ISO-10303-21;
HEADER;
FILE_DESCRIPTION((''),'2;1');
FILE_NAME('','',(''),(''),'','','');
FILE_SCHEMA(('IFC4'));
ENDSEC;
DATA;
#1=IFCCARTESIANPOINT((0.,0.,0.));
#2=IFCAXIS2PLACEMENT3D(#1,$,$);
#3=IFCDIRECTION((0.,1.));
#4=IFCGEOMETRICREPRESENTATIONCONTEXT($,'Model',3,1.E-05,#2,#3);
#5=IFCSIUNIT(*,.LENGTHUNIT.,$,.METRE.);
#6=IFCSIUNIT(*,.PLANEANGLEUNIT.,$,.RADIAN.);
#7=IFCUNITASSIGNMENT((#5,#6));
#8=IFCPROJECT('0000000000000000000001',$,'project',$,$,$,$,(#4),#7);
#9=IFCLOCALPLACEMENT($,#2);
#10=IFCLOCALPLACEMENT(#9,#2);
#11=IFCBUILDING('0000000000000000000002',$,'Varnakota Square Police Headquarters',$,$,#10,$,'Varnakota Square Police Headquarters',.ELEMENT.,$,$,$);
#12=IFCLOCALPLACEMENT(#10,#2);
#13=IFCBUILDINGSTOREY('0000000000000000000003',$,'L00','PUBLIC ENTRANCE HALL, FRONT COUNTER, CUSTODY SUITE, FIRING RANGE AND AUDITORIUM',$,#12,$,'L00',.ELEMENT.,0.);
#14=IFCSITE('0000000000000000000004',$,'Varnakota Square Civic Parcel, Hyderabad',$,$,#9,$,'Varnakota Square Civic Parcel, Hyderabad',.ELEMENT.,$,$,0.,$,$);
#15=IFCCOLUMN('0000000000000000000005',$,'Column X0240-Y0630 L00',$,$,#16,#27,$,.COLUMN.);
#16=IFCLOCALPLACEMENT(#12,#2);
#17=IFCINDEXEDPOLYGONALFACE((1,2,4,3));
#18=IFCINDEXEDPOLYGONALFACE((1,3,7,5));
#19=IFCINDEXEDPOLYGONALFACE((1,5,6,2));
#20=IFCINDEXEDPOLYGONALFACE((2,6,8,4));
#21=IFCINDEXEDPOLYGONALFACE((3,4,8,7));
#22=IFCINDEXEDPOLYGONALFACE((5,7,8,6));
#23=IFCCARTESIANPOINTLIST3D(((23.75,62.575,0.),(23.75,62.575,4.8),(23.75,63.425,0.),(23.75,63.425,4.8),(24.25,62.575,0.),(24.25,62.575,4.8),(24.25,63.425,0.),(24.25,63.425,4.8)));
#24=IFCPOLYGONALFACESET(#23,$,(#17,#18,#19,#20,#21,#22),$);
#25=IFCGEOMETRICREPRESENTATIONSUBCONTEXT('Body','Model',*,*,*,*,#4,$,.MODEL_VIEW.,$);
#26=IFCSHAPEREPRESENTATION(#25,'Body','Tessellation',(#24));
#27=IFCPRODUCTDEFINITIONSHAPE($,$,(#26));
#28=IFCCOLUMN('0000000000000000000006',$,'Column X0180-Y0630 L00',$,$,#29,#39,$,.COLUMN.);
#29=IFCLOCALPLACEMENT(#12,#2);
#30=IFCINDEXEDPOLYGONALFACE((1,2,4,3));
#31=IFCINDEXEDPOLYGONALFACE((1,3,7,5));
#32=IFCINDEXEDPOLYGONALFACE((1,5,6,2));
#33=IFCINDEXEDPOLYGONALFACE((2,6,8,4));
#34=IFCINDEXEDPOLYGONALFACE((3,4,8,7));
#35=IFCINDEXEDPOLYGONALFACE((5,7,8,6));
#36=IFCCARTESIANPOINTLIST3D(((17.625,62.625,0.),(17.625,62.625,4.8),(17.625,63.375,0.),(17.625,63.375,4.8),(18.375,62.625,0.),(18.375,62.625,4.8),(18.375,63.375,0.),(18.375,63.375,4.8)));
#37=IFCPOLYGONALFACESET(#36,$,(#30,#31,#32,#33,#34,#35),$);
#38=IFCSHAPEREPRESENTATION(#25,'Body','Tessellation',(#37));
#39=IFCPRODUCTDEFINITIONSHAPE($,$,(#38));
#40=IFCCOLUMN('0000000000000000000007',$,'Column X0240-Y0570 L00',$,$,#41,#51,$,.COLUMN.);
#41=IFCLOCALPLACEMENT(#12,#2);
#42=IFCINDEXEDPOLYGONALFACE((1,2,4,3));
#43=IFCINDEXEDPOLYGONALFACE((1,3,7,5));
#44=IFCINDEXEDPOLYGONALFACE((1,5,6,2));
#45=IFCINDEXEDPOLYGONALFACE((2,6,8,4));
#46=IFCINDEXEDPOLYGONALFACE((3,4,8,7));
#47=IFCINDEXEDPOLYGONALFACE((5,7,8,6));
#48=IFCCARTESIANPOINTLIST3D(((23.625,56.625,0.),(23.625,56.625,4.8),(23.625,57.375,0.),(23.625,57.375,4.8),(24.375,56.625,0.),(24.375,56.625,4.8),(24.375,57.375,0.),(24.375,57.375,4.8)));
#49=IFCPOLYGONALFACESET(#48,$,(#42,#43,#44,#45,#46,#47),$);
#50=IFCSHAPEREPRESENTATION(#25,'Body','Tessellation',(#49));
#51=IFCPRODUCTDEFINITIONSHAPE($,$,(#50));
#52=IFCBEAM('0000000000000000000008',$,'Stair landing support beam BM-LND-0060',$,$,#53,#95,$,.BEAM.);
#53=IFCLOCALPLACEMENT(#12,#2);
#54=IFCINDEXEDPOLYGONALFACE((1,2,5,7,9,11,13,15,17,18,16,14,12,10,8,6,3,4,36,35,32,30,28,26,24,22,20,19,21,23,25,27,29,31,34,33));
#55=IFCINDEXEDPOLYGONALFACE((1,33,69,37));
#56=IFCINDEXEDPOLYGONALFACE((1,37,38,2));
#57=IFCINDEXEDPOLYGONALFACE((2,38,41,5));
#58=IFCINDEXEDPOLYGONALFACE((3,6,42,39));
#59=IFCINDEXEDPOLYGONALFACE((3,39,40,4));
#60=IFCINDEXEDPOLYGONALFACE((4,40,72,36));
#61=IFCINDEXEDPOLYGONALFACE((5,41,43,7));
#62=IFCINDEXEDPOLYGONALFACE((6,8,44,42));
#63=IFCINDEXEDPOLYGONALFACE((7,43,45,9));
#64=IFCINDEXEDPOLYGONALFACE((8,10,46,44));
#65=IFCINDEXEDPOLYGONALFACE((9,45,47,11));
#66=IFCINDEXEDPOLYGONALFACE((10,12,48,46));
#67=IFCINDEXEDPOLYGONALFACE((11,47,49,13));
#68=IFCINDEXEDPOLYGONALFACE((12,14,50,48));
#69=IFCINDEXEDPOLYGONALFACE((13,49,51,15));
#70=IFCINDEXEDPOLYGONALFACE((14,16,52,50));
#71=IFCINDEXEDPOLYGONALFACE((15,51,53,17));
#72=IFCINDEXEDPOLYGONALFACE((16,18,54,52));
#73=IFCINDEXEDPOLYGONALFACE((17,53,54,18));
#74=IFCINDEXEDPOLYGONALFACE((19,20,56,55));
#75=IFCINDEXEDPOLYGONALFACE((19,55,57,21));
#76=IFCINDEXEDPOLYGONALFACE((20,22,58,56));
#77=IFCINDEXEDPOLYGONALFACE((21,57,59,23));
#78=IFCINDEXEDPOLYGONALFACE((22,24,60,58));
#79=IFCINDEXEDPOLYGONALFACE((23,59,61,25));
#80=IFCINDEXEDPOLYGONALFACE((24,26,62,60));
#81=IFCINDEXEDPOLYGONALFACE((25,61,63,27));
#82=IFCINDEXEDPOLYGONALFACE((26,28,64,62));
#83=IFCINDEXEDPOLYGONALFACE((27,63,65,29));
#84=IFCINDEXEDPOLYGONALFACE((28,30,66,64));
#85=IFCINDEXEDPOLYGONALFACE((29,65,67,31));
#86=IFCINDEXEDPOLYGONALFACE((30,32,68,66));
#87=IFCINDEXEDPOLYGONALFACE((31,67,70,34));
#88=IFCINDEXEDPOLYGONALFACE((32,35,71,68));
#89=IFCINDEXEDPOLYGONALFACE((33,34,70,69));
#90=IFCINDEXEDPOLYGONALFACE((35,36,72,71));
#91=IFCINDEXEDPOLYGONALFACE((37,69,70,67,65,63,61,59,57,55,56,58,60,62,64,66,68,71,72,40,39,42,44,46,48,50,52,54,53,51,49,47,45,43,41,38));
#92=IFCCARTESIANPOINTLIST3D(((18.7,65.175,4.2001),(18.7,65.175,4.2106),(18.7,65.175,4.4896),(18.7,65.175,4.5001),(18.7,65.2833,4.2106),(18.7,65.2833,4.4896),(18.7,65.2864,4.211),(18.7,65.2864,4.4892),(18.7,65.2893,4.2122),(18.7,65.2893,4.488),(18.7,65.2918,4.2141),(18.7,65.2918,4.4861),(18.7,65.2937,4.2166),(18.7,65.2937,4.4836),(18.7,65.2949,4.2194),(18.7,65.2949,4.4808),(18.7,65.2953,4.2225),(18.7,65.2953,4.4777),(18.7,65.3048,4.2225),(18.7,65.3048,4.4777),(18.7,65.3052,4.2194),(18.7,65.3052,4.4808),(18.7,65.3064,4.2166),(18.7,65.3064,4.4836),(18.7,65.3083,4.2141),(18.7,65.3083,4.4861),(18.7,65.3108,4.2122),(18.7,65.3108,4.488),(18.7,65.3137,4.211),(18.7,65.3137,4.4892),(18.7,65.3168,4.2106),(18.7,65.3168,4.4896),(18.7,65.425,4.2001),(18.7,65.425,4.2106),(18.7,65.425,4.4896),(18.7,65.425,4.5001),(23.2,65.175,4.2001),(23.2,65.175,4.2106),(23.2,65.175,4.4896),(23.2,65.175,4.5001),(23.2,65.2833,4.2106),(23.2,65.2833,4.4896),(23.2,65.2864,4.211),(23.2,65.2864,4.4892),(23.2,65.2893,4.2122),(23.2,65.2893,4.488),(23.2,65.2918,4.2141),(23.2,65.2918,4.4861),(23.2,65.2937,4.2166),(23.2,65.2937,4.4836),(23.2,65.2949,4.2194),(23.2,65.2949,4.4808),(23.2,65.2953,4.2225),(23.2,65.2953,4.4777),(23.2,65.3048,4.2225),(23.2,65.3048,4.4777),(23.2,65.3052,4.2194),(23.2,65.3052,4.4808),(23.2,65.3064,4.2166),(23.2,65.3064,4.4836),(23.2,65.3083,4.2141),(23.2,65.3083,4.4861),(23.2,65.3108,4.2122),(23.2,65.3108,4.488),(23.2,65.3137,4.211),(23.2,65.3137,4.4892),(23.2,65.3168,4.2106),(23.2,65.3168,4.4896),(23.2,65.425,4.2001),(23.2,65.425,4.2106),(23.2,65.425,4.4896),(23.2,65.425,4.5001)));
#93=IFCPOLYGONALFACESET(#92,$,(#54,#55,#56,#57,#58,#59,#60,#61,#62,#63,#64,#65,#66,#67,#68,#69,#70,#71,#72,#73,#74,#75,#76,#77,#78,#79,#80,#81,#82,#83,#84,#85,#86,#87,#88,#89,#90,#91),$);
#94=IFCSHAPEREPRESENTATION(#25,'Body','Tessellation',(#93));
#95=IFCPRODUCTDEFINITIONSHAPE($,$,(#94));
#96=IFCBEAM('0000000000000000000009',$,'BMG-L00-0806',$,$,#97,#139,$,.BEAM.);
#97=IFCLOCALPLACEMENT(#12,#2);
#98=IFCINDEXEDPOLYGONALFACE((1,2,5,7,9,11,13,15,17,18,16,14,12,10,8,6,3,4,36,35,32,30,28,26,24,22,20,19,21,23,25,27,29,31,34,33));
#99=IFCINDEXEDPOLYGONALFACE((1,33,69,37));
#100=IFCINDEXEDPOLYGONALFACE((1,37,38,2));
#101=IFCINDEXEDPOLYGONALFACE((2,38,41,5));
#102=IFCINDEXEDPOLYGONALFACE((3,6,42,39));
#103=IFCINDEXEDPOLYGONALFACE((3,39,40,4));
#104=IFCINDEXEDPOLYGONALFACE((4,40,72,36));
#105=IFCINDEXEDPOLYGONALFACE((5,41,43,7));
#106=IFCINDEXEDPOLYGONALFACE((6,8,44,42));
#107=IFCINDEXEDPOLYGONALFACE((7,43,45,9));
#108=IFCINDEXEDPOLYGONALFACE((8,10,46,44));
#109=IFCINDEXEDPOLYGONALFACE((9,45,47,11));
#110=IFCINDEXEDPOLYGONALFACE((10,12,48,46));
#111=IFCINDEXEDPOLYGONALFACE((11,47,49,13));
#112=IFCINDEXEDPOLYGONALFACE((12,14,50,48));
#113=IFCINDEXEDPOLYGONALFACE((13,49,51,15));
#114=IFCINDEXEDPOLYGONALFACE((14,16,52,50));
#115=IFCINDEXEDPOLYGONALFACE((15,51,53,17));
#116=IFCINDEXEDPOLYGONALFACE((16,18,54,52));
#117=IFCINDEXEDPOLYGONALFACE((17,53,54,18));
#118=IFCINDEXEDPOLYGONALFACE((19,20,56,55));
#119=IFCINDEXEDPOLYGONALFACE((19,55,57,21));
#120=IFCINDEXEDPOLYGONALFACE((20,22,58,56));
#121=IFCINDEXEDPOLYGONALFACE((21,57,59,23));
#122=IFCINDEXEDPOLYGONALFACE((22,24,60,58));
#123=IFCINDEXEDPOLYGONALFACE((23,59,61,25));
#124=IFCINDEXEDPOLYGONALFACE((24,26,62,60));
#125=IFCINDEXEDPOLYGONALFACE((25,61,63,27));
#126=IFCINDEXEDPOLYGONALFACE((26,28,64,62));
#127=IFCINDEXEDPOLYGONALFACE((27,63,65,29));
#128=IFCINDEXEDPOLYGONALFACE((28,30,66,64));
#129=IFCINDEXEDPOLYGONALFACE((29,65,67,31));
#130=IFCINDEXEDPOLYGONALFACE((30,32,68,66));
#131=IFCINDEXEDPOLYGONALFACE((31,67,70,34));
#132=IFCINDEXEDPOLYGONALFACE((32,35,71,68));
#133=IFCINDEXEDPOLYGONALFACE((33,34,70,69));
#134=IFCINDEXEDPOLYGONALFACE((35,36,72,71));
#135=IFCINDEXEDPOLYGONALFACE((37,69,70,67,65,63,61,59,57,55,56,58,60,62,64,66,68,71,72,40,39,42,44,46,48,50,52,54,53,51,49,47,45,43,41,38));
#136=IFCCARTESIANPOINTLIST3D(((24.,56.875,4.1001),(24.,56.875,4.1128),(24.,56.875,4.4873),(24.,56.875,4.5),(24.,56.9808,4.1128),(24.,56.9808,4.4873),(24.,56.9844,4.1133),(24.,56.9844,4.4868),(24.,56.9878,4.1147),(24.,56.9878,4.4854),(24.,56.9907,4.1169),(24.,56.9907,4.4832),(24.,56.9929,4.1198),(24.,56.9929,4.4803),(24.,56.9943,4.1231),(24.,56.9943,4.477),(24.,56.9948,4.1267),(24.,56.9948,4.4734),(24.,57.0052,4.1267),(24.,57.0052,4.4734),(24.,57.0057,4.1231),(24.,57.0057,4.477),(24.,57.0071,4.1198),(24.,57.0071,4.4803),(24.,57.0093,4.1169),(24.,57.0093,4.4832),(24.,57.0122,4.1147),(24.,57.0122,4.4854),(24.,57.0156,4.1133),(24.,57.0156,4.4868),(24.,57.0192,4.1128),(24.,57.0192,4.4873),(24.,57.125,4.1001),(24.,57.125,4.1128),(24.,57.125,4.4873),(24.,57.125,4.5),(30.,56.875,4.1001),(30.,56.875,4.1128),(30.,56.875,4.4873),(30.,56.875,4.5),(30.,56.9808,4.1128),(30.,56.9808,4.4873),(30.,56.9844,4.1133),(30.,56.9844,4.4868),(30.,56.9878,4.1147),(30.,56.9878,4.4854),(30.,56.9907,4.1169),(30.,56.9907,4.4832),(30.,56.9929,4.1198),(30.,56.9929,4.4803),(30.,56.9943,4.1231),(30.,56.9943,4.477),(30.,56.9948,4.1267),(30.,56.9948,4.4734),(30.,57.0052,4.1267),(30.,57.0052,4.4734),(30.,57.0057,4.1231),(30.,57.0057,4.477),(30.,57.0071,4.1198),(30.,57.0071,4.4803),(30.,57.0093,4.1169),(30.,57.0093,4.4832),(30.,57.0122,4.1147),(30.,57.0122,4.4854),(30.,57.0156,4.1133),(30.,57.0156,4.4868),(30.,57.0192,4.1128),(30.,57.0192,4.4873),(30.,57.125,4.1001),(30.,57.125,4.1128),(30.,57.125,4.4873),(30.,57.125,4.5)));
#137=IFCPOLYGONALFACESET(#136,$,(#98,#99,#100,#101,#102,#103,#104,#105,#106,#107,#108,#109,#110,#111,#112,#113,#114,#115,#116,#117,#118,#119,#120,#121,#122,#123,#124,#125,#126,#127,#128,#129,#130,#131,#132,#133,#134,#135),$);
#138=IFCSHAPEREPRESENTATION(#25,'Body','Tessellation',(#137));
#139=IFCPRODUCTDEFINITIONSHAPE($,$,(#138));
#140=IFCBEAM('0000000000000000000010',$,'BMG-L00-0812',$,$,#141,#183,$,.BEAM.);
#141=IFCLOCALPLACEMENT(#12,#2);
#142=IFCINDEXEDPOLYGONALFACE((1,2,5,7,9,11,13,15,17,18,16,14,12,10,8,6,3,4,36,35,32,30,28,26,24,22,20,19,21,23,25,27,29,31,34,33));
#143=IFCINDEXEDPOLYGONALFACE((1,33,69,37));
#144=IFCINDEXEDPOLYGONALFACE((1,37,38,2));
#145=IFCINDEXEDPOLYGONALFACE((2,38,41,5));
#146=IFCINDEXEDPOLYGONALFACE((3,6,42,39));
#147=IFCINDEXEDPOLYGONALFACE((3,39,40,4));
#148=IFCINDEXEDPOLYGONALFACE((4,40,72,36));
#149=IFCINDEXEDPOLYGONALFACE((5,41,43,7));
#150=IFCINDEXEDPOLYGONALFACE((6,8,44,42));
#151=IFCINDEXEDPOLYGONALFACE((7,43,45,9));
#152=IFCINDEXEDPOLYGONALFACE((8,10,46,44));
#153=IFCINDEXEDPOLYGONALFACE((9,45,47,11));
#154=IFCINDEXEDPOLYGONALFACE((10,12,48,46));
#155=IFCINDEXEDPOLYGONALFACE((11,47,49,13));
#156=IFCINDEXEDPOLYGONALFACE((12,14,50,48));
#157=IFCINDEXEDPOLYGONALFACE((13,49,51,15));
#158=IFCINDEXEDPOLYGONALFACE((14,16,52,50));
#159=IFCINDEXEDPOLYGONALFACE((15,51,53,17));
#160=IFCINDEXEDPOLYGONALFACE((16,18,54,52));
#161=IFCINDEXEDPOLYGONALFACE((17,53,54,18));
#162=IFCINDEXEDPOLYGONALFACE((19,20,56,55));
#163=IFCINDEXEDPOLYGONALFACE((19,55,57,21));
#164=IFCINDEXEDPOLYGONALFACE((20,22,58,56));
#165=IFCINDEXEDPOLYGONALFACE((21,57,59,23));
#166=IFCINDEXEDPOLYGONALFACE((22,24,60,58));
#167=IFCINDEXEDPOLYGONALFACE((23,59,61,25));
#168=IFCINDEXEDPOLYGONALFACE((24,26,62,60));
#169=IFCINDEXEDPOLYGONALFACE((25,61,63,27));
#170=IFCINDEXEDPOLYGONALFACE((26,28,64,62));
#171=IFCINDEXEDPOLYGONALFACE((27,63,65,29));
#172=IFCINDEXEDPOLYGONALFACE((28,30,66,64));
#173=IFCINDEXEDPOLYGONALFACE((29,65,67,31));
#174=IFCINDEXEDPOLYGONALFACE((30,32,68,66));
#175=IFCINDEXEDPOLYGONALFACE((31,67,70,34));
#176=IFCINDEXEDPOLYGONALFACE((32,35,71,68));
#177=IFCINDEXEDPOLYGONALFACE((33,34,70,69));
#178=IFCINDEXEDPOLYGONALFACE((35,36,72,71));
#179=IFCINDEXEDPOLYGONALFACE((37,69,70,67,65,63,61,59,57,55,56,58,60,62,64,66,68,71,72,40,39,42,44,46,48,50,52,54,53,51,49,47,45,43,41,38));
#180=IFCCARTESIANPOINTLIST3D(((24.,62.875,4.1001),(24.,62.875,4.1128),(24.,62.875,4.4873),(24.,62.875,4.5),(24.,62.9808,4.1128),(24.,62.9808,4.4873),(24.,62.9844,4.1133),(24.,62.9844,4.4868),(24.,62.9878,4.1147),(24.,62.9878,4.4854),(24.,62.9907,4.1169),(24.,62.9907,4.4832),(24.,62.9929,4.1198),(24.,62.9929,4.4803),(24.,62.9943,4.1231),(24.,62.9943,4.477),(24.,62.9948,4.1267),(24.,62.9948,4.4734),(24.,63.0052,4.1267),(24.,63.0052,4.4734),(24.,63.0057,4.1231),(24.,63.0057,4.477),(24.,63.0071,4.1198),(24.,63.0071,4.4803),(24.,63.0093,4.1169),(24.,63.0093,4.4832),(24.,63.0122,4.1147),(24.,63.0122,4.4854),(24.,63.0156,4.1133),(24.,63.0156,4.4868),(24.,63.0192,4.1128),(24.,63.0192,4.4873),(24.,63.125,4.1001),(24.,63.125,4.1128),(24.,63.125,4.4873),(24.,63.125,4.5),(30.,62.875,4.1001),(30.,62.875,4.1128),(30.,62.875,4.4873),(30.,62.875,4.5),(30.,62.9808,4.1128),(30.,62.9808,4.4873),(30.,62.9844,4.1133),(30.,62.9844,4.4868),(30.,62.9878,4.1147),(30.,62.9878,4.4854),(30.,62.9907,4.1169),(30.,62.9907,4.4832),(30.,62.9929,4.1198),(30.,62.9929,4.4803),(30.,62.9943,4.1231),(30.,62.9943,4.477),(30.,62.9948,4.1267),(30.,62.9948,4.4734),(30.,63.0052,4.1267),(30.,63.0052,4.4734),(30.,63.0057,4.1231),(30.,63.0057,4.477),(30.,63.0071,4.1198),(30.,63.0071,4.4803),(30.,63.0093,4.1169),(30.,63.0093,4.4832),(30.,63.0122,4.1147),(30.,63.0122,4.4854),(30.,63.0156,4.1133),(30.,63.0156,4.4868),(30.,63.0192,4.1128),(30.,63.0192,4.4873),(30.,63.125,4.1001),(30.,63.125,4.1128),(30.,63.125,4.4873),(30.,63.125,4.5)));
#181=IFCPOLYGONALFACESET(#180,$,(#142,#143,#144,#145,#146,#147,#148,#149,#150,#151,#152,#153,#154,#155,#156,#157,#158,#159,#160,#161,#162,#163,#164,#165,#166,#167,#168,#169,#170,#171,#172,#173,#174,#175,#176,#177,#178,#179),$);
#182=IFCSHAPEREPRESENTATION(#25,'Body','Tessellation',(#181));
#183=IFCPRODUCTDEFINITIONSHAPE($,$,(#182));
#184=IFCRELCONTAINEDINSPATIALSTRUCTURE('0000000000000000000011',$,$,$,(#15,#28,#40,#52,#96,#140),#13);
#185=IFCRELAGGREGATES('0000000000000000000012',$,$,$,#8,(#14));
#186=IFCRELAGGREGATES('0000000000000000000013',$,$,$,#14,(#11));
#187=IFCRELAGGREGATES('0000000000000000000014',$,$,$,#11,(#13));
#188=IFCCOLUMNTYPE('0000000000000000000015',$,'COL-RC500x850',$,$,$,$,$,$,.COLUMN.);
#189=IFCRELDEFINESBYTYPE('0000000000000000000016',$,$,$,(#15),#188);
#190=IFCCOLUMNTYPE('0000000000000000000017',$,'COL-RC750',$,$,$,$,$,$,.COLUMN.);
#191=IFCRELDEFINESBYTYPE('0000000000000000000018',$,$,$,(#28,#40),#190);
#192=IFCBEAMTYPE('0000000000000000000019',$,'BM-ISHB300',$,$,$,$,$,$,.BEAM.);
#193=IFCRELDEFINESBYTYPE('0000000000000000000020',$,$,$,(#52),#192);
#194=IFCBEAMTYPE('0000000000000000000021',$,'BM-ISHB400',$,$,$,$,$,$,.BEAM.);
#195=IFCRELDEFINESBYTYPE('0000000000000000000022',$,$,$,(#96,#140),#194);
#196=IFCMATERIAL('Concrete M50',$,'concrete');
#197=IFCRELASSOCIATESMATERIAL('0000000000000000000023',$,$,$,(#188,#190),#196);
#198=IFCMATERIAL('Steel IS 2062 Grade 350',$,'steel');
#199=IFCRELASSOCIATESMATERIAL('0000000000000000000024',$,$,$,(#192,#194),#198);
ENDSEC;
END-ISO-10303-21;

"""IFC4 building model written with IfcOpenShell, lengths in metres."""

from ifc_helpers import new_model, si_unit, direction, frame, origin, origin_2d, place, context, subcontext, project, spatial, rectangle, i_section, extrude, material, material_profile, profile_set, type_object, element, save


model = new_model("IFC4")

# Units and contexts
model_context = context("Model", 3, precision=1e-05, world=origin(), true_north=direction((0.0, 1.0)))
body_context = subcontext(model_context, "Body", "Model", "MODEL_VIEW")
ifc_project = project(units=[si_unit("LENGTHUNIT", "METRE"), si_unit("PLANEANGLEUNIT", "RADIAN")], contexts=[model_context])

# Site, building, storey
site_placement = place(None, origin())
site = spatial("IfcSite", under=ifc_project, at=site_placement, Name="Varnakota Square Civic Parcel, Hyderabad", LongName="Varnakota Square Civic Parcel, Hyderabad", CompositionType="ELEMENT", RefElevation=0.0)
building_placement = place(site_placement, origin())
building = spatial("IfcBuilding", under=site, at=building_placement, Name="Varnakota Square Police Headquarters", LongName="Varnakota Square Police Headquarters", CompositionType="ELEMENT")
storey_placement = place(building_placement, origin())
storey = spatial("IfcBuildingStorey", under=building, at=storey_placement, Name="L00", Description="PUBLIC ENTRANCE HALL, FRONT COUNTER, CUSTODY SUITE, FIRING RANGE AND AUDITORIUM", LongName="L00", CompositionType="ELEMENT", Elevation=0.0)

# Columns
ifc_material_1 = material(Name="Concrete M50", Category="concrete")
ifc_material_profile_1 = material_profile(ifc_material_1, rectangle(XDim=0.5, YDim=0.8501, at=origin_2d()), Name="RC 500x850")
ifc_profile_set_1 = profile_set([ifc_material_profile_1], Name="Concrete M50")
column_type_1 = type_object("IfcColumnType", Name="COL-RC500x850", PredefinedType="COLUMN", material=ifc_profile_set_1)
column_placement = place(storey_placement, frame((24.0, 63.0, 0.0), z_axis=(0.0, 0.0, 1.0), x_axis=(1.0, 0.0, 0.0)))
element("IfcColumn", 1, at=column_placement, inside=storey, type_object=column_type_1, Name="Column X0240-Y0630 L00", PredefinedType="COLUMN", context=body_context, shape_type="SweptSolid", body=[
    extrude(rectangle(XDim=0.5, YDim=0.8501, at=origin_2d()), origin(), (0.0, 0.0, 1.0), 4.8),
])
ifc_material_profile_2 = material_profile(ifc_material_1, rectangle(XDim=0.75, YDim=0.75, at=origin_2d()), Name="RC 750x750")
ifc_profile_set_2 = profile_set([ifc_material_profile_2], Name="Concrete M50")
column_type_2 = type_object("IfcColumnType", Name="COL-RC750", PredefinedType="COLUMN", material=ifc_profile_set_2)
for number, where, z_axis, x_axis, name in (
    (2, (18.0, 63.0, 0.0), (0.0, 0.0, 1.0), (1.0, 0.0, 0.0), "Column X0180-Y0630 L00"),
    (3, (24.0, 57.0, 0.0), (0.0, 0.0, 1.0), (1.0, 0.0, 0.0), "Column X0240-Y0570 L00"),
):
    element("IfcColumn", number, at=place(storey_placement, frame(where, z_axis=z_axis, x_axis=x_axis)), inside=storey, type_object=column_type_2, Name=name, PredefinedType="COLUMN", context=body_context, shape_type="SweptSolid", body=[
        extrude(rectangle(XDim=0.75, YDim=0.75, at=origin_2d()), origin(), (0.0, 0.0, 1.0), 4.8),
    ])

# Beams
ifc_material_2 = material(Name="Steel IS 2062 Grade 350", Category="steel")
ifc_material_profile_3 = material_profile(ifc_material_2, i_section(OverallWidth=0.25, OverallDepth=0.3, WebThickness=0.0095, FlangeThickness=0.0105, FilletRadius=0.012, at=origin_2d()), Name="ISHB 300")
ifc_profile_set_3 = profile_set([ifc_material_profile_3], Name="Steel IS 2062 Grade 350")
beam_type_1 = type_object("IfcBeamType", Name="BM-ISHB300", PredefinedType="BEAM", material=ifc_profile_set_3)
beam_1_placement = place(storey_placement, frame((18.7, 65.3, 4.3501), z_axis=(1.0, 0.0, 0.0), x_axis=(0.0, 1.0, 0.0)))
element("IfcBeam", 4, at=beam_1_placement, inside=storey, type_object=beam_type_1, Name="Stair landing support beam BM-LND-0060", PredefinedType="BEAM", context=body_context, shape_type="SweptSolid", body=[
    extrude(i_section(OverallWidth=0.25, OverallDepth=0.3, WebThickness=0.0095, FlangeThickness=0.0105, FilletRadius=0.012, at=origin_2d()), origin(), (0.0, 0.0, 1.0), 4.5),
])
ifc_material_profile_4 = material_profile(ifc_material_2, i_section(OverallWidth=0.25, OverallDepth=0.3999, WebThickness=0.0105, FlangeThickness=0.0127, FilletRadius=0.0139, at=origin_2d()), Name="ISHB 400")
ifc_profile_set_4 = profile_set([ifc_material_profile_4], Name="Steel IS 2062 Grade 350")
beam_type_2 = type_object("IfcBeamType", Name="BM-ISHB400", PredefinedType="BEAM", material=ifc_profile_set_4)
for number, where, z_axis, x_axis, name in (
    (5, (24.0, 57.0, 4.3), (1.0, 0.0, 0.0), (0.0, 1.0, 0.0), "BMG-L00-0806"),
    (6, (24.0, 63.0, 4.3), (1.0, 0.0, 0.0), (0.0, 1.0, 0.0), "BMG-L00-0812"),
):
    element("IfcBeam", number, at=place(storey_placement, frame(where, z_axis=z_axis, x_axis=x_axis)), inside=storey, type_object=beam_type_2, Name=name, PredefinedType="BEAM", context=body_context, shape_type="SweptSolid", body=[
        extrude(i_section(OverallWidth=0.25, OverallDepth=0.3999, WebThickness=0.0105, FlangeThickness=0.0127, FilletRadius=0.0139, at=origin_2d()), origin(), (0.0, 0.0, 1.0), 6.0),
    ])

save(model, "model.ifc")
